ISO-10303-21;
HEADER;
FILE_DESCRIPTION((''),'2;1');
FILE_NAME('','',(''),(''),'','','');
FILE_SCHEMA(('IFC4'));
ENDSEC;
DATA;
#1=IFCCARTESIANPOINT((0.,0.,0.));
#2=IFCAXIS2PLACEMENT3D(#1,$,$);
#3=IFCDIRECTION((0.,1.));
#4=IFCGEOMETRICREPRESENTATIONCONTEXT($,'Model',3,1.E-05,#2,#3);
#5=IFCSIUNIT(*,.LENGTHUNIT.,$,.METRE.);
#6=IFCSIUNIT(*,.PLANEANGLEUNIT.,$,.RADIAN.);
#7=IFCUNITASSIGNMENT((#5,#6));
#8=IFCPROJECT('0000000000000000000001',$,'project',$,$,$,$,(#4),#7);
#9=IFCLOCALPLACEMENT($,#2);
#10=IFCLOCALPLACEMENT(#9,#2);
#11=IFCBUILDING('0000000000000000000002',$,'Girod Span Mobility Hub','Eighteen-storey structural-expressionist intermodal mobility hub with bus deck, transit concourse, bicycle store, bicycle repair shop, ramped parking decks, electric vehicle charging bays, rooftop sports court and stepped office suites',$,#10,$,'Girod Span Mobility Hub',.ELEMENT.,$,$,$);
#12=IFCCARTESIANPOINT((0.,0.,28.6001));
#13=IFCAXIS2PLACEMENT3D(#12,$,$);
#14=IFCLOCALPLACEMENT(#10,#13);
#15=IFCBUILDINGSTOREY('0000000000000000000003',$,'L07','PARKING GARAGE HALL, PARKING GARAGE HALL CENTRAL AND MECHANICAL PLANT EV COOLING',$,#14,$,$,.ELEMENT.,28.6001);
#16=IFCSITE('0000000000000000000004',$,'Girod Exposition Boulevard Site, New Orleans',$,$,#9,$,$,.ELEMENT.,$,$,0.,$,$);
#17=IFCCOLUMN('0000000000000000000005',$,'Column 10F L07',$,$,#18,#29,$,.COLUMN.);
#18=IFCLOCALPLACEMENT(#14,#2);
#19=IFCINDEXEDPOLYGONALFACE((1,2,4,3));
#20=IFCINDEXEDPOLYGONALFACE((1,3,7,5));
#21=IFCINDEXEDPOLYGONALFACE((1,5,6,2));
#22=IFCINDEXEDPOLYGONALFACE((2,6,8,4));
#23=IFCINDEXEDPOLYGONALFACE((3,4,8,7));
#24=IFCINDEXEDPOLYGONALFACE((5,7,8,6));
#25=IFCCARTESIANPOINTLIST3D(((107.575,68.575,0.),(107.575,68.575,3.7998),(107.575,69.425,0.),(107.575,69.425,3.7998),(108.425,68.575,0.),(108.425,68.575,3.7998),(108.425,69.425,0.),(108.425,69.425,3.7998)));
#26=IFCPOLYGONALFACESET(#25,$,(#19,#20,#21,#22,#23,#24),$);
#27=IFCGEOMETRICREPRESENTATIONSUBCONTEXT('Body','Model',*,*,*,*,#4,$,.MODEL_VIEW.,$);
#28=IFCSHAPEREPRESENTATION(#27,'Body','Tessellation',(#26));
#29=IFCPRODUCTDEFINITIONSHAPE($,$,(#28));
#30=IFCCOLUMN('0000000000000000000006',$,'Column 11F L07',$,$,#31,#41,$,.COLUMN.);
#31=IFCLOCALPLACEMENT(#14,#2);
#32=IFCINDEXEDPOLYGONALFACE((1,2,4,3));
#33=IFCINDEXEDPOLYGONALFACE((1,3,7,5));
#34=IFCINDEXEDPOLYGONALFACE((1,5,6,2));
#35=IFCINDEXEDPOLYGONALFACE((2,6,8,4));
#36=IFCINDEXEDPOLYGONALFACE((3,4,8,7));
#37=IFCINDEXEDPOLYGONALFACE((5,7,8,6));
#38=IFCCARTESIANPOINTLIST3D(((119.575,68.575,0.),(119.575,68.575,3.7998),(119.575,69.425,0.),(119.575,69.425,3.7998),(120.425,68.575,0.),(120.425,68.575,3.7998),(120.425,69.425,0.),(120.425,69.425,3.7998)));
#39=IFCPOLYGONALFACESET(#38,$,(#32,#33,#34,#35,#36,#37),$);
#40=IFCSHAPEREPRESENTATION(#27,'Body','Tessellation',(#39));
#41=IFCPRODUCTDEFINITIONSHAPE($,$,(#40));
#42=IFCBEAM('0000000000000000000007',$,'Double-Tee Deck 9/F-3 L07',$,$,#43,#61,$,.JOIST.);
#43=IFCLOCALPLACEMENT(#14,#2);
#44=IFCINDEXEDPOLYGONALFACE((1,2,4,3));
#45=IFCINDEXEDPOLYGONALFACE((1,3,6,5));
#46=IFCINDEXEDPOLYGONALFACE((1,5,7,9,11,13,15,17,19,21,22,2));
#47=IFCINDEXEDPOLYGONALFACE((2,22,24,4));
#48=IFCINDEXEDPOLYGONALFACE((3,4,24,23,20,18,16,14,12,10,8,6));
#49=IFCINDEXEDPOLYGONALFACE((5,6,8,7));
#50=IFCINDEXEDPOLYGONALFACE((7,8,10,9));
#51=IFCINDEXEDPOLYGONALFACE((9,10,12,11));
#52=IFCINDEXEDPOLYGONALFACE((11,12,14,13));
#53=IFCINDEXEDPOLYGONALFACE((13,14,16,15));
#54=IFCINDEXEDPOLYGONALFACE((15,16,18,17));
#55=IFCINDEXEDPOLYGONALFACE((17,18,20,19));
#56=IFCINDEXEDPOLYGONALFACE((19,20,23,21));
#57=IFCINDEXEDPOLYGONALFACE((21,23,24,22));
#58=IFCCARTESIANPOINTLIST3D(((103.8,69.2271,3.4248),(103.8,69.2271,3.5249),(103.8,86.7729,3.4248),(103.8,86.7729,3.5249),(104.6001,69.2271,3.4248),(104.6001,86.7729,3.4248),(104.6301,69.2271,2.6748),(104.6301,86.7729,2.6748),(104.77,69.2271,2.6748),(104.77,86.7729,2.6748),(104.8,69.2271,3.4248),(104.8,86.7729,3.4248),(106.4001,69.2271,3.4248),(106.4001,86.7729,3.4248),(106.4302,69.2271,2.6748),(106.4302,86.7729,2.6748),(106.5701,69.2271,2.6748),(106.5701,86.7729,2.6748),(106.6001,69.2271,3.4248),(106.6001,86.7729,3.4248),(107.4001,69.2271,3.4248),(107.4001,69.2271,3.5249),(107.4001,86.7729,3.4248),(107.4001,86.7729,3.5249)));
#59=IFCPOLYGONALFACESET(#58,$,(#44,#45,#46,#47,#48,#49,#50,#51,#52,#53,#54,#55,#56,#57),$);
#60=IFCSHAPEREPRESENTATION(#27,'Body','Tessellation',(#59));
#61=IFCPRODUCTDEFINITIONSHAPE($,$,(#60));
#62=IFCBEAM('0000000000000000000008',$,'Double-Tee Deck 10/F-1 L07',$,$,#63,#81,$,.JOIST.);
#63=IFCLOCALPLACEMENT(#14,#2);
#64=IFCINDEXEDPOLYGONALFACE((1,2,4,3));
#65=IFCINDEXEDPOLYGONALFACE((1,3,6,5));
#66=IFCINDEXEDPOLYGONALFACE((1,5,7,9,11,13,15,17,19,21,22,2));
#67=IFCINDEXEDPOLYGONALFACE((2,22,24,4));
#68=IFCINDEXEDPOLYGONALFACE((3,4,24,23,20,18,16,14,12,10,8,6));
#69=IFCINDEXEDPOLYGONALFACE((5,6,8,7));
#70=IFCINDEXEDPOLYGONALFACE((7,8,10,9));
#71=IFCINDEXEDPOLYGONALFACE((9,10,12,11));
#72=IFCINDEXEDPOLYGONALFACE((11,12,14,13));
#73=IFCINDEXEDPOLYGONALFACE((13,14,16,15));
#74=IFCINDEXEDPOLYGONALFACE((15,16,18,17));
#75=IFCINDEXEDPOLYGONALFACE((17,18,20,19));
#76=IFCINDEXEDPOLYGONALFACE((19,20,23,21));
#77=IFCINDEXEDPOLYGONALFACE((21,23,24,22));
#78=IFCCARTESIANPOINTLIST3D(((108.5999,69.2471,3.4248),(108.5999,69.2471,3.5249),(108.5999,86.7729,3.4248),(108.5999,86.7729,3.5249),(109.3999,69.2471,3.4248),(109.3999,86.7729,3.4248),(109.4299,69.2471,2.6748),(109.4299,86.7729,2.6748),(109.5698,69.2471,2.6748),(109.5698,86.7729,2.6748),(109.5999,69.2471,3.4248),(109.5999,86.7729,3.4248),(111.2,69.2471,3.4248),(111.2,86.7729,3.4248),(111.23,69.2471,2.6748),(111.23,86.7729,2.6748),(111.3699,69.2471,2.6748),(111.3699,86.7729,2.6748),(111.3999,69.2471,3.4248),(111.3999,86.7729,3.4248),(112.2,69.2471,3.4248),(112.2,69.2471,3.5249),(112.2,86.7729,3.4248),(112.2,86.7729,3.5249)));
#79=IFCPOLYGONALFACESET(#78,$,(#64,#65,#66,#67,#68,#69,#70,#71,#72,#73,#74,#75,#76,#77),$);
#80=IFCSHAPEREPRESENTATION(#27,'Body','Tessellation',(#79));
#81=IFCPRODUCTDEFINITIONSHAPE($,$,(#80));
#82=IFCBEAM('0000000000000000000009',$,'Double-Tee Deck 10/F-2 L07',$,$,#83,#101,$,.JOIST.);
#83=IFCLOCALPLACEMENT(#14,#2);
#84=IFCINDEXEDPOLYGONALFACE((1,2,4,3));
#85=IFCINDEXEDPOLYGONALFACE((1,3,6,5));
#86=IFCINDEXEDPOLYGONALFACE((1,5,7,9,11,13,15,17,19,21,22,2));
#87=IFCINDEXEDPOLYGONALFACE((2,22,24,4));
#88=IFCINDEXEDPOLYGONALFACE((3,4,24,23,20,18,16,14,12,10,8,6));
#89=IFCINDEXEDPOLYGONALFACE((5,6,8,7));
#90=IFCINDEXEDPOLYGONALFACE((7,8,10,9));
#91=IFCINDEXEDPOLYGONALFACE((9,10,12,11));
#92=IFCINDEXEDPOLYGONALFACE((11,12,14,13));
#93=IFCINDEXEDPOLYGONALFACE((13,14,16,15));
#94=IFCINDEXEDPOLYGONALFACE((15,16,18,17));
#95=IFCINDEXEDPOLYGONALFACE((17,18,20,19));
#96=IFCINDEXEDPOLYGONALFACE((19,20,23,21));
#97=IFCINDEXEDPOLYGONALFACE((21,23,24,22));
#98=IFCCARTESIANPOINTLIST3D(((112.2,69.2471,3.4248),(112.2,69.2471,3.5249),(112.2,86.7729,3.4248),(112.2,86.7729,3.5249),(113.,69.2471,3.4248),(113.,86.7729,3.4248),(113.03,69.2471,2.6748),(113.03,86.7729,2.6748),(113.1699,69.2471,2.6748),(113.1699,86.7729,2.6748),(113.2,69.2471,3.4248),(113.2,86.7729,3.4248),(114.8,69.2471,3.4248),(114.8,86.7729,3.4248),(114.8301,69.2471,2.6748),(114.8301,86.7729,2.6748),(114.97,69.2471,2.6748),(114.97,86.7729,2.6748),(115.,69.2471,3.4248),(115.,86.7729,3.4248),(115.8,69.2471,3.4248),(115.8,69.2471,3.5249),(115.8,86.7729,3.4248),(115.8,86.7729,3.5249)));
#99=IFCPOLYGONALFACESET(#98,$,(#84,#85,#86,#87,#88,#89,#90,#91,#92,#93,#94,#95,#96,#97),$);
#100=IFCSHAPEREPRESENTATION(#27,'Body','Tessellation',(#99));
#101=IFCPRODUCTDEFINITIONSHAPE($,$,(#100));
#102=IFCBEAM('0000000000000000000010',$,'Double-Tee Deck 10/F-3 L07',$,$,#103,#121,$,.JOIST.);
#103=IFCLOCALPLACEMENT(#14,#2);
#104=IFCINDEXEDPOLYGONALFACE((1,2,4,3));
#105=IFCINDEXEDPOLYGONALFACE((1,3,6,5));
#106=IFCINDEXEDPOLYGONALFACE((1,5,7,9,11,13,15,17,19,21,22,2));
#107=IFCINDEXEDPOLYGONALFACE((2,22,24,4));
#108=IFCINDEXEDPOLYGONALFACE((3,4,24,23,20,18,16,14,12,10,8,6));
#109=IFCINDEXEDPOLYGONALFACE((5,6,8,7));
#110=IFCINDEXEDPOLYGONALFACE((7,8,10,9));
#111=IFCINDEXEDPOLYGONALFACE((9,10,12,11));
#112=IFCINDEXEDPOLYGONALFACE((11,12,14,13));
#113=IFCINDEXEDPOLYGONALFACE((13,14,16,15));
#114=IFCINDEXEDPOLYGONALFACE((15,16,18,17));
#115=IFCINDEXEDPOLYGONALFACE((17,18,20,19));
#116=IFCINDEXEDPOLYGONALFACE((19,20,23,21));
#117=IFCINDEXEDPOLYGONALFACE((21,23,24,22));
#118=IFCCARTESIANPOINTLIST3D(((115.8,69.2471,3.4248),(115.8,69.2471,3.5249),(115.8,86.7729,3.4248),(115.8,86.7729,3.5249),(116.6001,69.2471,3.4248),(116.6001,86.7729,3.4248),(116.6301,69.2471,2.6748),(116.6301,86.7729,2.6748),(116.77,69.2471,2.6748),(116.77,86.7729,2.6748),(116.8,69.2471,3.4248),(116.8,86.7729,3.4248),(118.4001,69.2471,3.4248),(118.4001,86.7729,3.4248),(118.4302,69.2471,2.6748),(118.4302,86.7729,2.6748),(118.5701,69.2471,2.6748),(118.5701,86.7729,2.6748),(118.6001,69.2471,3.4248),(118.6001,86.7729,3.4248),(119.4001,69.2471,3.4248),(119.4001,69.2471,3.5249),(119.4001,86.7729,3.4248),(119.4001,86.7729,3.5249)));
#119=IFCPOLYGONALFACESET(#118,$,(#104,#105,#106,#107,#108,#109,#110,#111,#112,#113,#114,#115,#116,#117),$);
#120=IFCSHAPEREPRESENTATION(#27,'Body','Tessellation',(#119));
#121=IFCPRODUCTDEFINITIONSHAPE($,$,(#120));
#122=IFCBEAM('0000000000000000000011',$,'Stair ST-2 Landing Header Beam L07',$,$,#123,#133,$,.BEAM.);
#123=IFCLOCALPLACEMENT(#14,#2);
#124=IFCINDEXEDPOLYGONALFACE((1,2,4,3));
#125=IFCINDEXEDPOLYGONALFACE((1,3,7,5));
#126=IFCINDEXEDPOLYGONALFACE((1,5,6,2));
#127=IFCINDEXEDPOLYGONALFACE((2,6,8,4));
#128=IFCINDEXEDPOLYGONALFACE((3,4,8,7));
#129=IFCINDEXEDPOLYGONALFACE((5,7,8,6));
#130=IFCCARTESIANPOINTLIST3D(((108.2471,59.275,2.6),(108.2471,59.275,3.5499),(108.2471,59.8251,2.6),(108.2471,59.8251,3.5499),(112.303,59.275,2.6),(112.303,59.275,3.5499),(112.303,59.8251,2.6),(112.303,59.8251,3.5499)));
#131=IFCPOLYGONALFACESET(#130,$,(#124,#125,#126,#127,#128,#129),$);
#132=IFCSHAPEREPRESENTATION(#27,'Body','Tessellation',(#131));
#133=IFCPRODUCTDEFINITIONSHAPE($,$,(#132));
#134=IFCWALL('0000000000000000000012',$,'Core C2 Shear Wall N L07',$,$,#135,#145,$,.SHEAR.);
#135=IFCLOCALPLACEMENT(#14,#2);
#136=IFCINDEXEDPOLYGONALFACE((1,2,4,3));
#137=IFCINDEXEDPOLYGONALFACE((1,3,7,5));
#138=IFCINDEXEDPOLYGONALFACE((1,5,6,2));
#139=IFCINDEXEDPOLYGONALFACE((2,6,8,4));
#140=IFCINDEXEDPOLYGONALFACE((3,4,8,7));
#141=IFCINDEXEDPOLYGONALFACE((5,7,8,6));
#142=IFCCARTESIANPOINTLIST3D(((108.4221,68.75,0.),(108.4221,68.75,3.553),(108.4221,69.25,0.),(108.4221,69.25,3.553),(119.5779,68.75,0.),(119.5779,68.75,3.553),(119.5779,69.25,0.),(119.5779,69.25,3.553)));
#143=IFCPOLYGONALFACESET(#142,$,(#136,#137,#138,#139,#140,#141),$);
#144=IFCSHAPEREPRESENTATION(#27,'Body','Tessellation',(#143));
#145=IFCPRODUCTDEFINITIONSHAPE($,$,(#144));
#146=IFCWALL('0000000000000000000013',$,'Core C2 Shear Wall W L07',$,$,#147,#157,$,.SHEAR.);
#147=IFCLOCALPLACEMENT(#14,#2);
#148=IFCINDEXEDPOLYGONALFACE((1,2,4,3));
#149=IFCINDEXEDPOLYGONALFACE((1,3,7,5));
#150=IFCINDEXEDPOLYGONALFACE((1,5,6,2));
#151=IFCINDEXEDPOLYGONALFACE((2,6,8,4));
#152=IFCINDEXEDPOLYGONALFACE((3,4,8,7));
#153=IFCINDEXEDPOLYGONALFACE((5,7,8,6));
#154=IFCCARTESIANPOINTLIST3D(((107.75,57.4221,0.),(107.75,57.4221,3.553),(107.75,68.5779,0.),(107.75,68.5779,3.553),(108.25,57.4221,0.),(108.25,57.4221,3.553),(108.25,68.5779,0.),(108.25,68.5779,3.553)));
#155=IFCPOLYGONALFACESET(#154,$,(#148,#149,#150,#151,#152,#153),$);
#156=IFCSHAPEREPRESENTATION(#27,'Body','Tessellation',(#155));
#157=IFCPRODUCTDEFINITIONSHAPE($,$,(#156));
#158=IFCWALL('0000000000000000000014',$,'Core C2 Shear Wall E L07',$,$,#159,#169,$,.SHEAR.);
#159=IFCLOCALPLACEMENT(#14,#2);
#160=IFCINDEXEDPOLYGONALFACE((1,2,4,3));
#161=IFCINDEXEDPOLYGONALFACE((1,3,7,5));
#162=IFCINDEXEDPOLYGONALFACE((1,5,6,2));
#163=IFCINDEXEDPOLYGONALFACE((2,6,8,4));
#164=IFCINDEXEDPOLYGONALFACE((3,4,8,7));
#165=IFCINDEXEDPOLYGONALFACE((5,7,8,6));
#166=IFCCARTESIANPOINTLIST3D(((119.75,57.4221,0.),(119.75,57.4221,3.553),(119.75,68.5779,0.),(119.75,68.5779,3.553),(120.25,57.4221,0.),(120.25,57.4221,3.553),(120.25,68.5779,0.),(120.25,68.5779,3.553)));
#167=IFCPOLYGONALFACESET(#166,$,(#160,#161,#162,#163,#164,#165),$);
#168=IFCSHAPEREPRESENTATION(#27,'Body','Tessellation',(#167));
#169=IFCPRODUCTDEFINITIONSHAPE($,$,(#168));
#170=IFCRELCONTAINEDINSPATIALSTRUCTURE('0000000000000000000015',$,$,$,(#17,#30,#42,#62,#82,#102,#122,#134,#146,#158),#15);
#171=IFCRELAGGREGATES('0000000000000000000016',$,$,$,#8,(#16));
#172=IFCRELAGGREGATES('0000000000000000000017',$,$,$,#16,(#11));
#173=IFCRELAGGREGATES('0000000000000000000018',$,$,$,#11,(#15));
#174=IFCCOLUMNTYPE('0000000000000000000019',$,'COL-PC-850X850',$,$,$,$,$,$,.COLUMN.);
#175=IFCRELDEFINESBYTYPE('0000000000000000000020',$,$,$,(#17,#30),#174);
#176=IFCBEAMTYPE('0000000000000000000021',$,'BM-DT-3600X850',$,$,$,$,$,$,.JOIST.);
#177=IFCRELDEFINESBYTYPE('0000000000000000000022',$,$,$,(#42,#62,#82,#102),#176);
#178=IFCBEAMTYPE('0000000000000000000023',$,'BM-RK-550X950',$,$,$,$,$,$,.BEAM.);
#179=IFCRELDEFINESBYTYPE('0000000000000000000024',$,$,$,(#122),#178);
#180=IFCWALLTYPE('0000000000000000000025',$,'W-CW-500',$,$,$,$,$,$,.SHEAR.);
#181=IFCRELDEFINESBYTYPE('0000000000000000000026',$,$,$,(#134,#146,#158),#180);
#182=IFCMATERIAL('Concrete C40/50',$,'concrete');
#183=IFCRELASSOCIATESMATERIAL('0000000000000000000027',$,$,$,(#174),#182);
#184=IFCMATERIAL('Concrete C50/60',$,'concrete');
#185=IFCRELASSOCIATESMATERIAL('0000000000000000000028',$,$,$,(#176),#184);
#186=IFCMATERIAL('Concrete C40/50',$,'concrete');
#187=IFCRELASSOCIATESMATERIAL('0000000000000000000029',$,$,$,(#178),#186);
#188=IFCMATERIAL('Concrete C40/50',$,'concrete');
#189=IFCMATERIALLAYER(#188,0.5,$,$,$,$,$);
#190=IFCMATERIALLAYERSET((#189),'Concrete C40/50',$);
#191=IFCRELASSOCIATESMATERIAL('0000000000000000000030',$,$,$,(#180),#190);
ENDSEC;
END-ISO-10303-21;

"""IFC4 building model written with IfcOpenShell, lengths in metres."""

from ifc_helpers import new_model, si_unit, direction, frame, frame_2d, origin, origin_2d, place, context, subcontext, project, spatial, polyline, rectangle, outline, extrude, material, layer, layer_set, material_profile, profile_set, type_object, element, save


model = new_model("IFC4")

# Units and contexts
model_context = context("Model", 3, precision=1e-05, world=origin(), true_north=direction((0.0, 1.0)))
body_context = subcontext(model_context, "Body", "Model", "MODEL_VIEW")
ifc_project = project(units=[si_unit("LENGTHUNIT", "METRE"), si_unit("PLANEANGLEUNIT", "RADIAN")], contexts=[model_context])

# Site, building, storey
site_placement = place(None, origin())
site = spatial("IfcSite", under=ifc_project, at=site_placement, Name="Girod Exposition Boulevard Site, New Orleans", CompositionType="ELEMENT", RefElevation=0.0)
building_placement = place(site_placement, origin())
building = spatial("IfcBuilding", under=site, at=building_placement, Name="Girod Span Mobility Hub", Description="Eighteen-storey structural-expressionist intermodal mobility hub with bus deck, transit concourse, bicycle store, bicycle repair shop, ramped parking decks, electric vehicle charging bays, rooftop sports court and stepped office suites", LongName="Girod Span Mobility Hub", CompositionType="ELEMENT")
storey_placement = place(building_placement, frame((0.0, 0.0, 28.6001)))
storey = spatial("IfcBuildingStorey", under=building, at=storey_placement, Name="L07", Description="PARKING GARAGE HALL, PARKING GARAGE HALL CENTRAL AND MECHANICAL PLANT EV COOLING", CompositionType="ELEMENT", Elevation=28.6001)

# Columns
ifc_material_1 = material(Name="Concrete C40/50", Category="concrete")
ifc_material_profile_1 = material_profile(ifc_material_1, rectangle(XDim=0.8501, YDim=0.8501, at=origin_2d()), Name="PC-COL-850X850")
ifc_profile_set_1 = profile_set([ifc_material_profile_1], Name="Concrete C40/50")
column_type = type_object("IfcColumnType", Name="COL-PC-850X850", PredefinedType="COLUMN", material=ifc_profile_set_1)
for number, where, z_axis, x_axis, name in (
    (1, (108.0, 69.0, 0.0), (0.0, 0.0, 1.0), (1.0, 0.0, 0.0), "Column 10F L07"),
    (2, (120.0, 69.0, 0.0), (0.0, 0.0, 1.0), (1.0, 0.0, 0.0), "Column 11F L07"),
):
    element("IfcColumn", number, at=place(storey_placement, frame(where, z_axis=z_axis, x_axis=x_axis)), inside=storey, type_object=column_type, Name=name, PredefinedType="COLUMN", context=body_context, shape_type="SweptSolid", body=[
        extrude(rectangle(XDim=0.8501, YDim=0.8501, at=origin_2d()), origin(), (0.0, 0.0, 1.0), 3.7998),
    ])

# Beams
ifc_material_2 = material(Name="Concrete C50/60", Category="concrete")
ifc_material_profile_2 = material_profile(ifc_material_2, outline(polyline([(-1.8, 0.425), (-1.8, 0.325), (-1.0, 0.325), (-0.97, -0.425), (-0.8301, -0.425), (-0.8, 0.325), (0.8, 0.325), (0.8301, -0.425), (0.97, -0.425), (1.0, 0.325), (1.8, 0.325), (1.8, 0.425), (-1.8, 0.425)])), Name="DT-3600X850")
ifc_profile_set_2 = profile_set([ifc_material_profile_2], Name="Concrete C50/60")
beam_type_1 = type_object("IfcBeamType", Name="BM-DT-3600X850", PredefinedType="JOIST", material=ifc_profile_set_2)
beam_1_placement = place(storey_placement, frame((105.6001, 69.2271, 3.0999), z_axis=(0.0, 1.0, 0.0), x_axis=(-1.0, 0.0, 0.0)))
element("IfcBeam", 3, at=beam_1_placement, inside=storey, type_object=beam_type_1, Name="Double-Tee Deck 9/F-3 L07", PredefinedType="JOIST", context=body_context, shape_type="SweptSolid", body=[
    extrude(outline(polyline([(-1.8, 0.425), (-1.8, 0.325), (-1.0, 0.325), (-0.97, -0.425), (-0.8301, -0.425), (-0.8, 0.325), (0.8, 0.325), (0.8301, -0.425), (0.97, -0.425), (1.0, 0.325), (1.8, 0.325), (1.8, 0.425), (-1.8, 0.425)])), origin(), (0.0, 0.0, 1.0), 17.5459),
])
for number, where, z_axis, x_axis, name in (
    (4, (110.3999, 69.2471, 3.0999), (0.0, 1.0, 0.0), (-1.0, 0.0, 0.0), "Double-Tee Deck 10/F-1 L07"),
    (5, (114.0, 69.2471, 3.0999), (0.0, 1.0, 0.0), (-1.0, 0.0, 0.0), "Double-Tee Deck 10/F-2 L07"),
    (6, (117.6001, 69.2471, 3.0999), (0.0, 1.0, 0.0), (-1.0, 0.0, 0.0), "Double-Tee Deck 10/F-3 L07"),
):
    element("IfcBeam", number, at=place(storey_placement, frame(where, z_axis=z_axis, x_axis=x_axis)), inside=storey, type_object=beam_type_1, Name=name, PredefinedType="JOIST", context=body_context, shape_type="SweptSolid", body=[
        extrude(outline(polyline([(-1.8, 0.425), (-1.8, 0.325), (-1.0, 0.325), (-0.97, -0.425), (-0.8301, -0.425), (-0.8, 0.325), (0.8, 0.325), (0.8301, -0.425), (0.97, -0.425), (1.0, 0.325), (1.8, 0.325), (1.8, 0.425), (-1.8, 0.425)])), origin(), (0.0, 0.0, 1.0), 17.5259),
    ])
ifc_material_3 = material(Name="Concrete C40/50", Category="concrete")
ifc_material_profile_3 = material_profile(ifc_material_3, rectangle(XDim=0.55, YDim=0.95, at=origin_2d()), Name="RK-550X950")
ifc_profile_set_3 = profile_set([ifc_material_profile_3], Name="Concrete C40/50")
beam_type_2 = type_object("IfcBeamType", Name="BM-RK-550X950", PredefinedType="BEAM", material=ifc_profile_set_3)
beam_2_placement = place(storey_placement, frame((108.2471, 59.55, 3.075), z_axis=(1.0, 0.0, 0.0), x_axis=(0.0, 1.0, 0.0)))
element("IfcBeam", 7, at=beam_2_placement, inside=storey, type_object=beam_type_2, Name="Stair ST-2 Landing Header Beam L07", PredefinedType="BEAM", context=body_context, shape_type="SweptSolid", body=[
    extrude(rectangle(XDim=0.55, YDim=0.95, at=origin_2d()), origin(), (0.0, 0.0, 1.0), 4.0559),
])

# Walls
ifc_material_4 = material(Name="Concrete C40/50", Category="concrete")
ifc_layer_1 = layer(ifc_material_4, 0.5)
ifc_layer_set_1 = layer_set([ifc_layer_1], Name="Concrete C40/50")
wall_type_1 = type_object("IfcWallType", Name="W-CW-500", PredefinedType="SHEAR", material=ifc_layer_set_1)
for number, where, z_axis, x_axis, name in (
    (8, (108.4221, 69.0, 0.0), (0.0, 0.0, 1.0), (1.0, 0.0, 0.0), "Core C2 Shear Wall N L07"),
    (9, (108.0, 57.4221, 0.0), (0.0, 0.0, 1.0), (0.0, 1.0, 0.0), "Core C2 Shear Wall W L07"),
    (10, (120.0, 57.4221, 0.0), (0.0, 0.0, 1.0), (0.0, 1.0, 0.0), "Core C2 Shear Wall E L07"),
):
    element("IfcWall", number, at=place(storey_placement, frame(where, z_axis=z_axis, x_axis=x_axis)), inside=storey, type_object=wall_type_1, Name=name, PredefinedType="SHEAR", context=body_context, shape_type="SweptSolid", body=[
        extrude(rectangle(XDim=11.1558, YDim=0.5, at=frame_2d((5.5779, 0.0))), origin(), (0.0, 0.0, 1.0), 3.553),
    ])

save(model, "model.ifc")
